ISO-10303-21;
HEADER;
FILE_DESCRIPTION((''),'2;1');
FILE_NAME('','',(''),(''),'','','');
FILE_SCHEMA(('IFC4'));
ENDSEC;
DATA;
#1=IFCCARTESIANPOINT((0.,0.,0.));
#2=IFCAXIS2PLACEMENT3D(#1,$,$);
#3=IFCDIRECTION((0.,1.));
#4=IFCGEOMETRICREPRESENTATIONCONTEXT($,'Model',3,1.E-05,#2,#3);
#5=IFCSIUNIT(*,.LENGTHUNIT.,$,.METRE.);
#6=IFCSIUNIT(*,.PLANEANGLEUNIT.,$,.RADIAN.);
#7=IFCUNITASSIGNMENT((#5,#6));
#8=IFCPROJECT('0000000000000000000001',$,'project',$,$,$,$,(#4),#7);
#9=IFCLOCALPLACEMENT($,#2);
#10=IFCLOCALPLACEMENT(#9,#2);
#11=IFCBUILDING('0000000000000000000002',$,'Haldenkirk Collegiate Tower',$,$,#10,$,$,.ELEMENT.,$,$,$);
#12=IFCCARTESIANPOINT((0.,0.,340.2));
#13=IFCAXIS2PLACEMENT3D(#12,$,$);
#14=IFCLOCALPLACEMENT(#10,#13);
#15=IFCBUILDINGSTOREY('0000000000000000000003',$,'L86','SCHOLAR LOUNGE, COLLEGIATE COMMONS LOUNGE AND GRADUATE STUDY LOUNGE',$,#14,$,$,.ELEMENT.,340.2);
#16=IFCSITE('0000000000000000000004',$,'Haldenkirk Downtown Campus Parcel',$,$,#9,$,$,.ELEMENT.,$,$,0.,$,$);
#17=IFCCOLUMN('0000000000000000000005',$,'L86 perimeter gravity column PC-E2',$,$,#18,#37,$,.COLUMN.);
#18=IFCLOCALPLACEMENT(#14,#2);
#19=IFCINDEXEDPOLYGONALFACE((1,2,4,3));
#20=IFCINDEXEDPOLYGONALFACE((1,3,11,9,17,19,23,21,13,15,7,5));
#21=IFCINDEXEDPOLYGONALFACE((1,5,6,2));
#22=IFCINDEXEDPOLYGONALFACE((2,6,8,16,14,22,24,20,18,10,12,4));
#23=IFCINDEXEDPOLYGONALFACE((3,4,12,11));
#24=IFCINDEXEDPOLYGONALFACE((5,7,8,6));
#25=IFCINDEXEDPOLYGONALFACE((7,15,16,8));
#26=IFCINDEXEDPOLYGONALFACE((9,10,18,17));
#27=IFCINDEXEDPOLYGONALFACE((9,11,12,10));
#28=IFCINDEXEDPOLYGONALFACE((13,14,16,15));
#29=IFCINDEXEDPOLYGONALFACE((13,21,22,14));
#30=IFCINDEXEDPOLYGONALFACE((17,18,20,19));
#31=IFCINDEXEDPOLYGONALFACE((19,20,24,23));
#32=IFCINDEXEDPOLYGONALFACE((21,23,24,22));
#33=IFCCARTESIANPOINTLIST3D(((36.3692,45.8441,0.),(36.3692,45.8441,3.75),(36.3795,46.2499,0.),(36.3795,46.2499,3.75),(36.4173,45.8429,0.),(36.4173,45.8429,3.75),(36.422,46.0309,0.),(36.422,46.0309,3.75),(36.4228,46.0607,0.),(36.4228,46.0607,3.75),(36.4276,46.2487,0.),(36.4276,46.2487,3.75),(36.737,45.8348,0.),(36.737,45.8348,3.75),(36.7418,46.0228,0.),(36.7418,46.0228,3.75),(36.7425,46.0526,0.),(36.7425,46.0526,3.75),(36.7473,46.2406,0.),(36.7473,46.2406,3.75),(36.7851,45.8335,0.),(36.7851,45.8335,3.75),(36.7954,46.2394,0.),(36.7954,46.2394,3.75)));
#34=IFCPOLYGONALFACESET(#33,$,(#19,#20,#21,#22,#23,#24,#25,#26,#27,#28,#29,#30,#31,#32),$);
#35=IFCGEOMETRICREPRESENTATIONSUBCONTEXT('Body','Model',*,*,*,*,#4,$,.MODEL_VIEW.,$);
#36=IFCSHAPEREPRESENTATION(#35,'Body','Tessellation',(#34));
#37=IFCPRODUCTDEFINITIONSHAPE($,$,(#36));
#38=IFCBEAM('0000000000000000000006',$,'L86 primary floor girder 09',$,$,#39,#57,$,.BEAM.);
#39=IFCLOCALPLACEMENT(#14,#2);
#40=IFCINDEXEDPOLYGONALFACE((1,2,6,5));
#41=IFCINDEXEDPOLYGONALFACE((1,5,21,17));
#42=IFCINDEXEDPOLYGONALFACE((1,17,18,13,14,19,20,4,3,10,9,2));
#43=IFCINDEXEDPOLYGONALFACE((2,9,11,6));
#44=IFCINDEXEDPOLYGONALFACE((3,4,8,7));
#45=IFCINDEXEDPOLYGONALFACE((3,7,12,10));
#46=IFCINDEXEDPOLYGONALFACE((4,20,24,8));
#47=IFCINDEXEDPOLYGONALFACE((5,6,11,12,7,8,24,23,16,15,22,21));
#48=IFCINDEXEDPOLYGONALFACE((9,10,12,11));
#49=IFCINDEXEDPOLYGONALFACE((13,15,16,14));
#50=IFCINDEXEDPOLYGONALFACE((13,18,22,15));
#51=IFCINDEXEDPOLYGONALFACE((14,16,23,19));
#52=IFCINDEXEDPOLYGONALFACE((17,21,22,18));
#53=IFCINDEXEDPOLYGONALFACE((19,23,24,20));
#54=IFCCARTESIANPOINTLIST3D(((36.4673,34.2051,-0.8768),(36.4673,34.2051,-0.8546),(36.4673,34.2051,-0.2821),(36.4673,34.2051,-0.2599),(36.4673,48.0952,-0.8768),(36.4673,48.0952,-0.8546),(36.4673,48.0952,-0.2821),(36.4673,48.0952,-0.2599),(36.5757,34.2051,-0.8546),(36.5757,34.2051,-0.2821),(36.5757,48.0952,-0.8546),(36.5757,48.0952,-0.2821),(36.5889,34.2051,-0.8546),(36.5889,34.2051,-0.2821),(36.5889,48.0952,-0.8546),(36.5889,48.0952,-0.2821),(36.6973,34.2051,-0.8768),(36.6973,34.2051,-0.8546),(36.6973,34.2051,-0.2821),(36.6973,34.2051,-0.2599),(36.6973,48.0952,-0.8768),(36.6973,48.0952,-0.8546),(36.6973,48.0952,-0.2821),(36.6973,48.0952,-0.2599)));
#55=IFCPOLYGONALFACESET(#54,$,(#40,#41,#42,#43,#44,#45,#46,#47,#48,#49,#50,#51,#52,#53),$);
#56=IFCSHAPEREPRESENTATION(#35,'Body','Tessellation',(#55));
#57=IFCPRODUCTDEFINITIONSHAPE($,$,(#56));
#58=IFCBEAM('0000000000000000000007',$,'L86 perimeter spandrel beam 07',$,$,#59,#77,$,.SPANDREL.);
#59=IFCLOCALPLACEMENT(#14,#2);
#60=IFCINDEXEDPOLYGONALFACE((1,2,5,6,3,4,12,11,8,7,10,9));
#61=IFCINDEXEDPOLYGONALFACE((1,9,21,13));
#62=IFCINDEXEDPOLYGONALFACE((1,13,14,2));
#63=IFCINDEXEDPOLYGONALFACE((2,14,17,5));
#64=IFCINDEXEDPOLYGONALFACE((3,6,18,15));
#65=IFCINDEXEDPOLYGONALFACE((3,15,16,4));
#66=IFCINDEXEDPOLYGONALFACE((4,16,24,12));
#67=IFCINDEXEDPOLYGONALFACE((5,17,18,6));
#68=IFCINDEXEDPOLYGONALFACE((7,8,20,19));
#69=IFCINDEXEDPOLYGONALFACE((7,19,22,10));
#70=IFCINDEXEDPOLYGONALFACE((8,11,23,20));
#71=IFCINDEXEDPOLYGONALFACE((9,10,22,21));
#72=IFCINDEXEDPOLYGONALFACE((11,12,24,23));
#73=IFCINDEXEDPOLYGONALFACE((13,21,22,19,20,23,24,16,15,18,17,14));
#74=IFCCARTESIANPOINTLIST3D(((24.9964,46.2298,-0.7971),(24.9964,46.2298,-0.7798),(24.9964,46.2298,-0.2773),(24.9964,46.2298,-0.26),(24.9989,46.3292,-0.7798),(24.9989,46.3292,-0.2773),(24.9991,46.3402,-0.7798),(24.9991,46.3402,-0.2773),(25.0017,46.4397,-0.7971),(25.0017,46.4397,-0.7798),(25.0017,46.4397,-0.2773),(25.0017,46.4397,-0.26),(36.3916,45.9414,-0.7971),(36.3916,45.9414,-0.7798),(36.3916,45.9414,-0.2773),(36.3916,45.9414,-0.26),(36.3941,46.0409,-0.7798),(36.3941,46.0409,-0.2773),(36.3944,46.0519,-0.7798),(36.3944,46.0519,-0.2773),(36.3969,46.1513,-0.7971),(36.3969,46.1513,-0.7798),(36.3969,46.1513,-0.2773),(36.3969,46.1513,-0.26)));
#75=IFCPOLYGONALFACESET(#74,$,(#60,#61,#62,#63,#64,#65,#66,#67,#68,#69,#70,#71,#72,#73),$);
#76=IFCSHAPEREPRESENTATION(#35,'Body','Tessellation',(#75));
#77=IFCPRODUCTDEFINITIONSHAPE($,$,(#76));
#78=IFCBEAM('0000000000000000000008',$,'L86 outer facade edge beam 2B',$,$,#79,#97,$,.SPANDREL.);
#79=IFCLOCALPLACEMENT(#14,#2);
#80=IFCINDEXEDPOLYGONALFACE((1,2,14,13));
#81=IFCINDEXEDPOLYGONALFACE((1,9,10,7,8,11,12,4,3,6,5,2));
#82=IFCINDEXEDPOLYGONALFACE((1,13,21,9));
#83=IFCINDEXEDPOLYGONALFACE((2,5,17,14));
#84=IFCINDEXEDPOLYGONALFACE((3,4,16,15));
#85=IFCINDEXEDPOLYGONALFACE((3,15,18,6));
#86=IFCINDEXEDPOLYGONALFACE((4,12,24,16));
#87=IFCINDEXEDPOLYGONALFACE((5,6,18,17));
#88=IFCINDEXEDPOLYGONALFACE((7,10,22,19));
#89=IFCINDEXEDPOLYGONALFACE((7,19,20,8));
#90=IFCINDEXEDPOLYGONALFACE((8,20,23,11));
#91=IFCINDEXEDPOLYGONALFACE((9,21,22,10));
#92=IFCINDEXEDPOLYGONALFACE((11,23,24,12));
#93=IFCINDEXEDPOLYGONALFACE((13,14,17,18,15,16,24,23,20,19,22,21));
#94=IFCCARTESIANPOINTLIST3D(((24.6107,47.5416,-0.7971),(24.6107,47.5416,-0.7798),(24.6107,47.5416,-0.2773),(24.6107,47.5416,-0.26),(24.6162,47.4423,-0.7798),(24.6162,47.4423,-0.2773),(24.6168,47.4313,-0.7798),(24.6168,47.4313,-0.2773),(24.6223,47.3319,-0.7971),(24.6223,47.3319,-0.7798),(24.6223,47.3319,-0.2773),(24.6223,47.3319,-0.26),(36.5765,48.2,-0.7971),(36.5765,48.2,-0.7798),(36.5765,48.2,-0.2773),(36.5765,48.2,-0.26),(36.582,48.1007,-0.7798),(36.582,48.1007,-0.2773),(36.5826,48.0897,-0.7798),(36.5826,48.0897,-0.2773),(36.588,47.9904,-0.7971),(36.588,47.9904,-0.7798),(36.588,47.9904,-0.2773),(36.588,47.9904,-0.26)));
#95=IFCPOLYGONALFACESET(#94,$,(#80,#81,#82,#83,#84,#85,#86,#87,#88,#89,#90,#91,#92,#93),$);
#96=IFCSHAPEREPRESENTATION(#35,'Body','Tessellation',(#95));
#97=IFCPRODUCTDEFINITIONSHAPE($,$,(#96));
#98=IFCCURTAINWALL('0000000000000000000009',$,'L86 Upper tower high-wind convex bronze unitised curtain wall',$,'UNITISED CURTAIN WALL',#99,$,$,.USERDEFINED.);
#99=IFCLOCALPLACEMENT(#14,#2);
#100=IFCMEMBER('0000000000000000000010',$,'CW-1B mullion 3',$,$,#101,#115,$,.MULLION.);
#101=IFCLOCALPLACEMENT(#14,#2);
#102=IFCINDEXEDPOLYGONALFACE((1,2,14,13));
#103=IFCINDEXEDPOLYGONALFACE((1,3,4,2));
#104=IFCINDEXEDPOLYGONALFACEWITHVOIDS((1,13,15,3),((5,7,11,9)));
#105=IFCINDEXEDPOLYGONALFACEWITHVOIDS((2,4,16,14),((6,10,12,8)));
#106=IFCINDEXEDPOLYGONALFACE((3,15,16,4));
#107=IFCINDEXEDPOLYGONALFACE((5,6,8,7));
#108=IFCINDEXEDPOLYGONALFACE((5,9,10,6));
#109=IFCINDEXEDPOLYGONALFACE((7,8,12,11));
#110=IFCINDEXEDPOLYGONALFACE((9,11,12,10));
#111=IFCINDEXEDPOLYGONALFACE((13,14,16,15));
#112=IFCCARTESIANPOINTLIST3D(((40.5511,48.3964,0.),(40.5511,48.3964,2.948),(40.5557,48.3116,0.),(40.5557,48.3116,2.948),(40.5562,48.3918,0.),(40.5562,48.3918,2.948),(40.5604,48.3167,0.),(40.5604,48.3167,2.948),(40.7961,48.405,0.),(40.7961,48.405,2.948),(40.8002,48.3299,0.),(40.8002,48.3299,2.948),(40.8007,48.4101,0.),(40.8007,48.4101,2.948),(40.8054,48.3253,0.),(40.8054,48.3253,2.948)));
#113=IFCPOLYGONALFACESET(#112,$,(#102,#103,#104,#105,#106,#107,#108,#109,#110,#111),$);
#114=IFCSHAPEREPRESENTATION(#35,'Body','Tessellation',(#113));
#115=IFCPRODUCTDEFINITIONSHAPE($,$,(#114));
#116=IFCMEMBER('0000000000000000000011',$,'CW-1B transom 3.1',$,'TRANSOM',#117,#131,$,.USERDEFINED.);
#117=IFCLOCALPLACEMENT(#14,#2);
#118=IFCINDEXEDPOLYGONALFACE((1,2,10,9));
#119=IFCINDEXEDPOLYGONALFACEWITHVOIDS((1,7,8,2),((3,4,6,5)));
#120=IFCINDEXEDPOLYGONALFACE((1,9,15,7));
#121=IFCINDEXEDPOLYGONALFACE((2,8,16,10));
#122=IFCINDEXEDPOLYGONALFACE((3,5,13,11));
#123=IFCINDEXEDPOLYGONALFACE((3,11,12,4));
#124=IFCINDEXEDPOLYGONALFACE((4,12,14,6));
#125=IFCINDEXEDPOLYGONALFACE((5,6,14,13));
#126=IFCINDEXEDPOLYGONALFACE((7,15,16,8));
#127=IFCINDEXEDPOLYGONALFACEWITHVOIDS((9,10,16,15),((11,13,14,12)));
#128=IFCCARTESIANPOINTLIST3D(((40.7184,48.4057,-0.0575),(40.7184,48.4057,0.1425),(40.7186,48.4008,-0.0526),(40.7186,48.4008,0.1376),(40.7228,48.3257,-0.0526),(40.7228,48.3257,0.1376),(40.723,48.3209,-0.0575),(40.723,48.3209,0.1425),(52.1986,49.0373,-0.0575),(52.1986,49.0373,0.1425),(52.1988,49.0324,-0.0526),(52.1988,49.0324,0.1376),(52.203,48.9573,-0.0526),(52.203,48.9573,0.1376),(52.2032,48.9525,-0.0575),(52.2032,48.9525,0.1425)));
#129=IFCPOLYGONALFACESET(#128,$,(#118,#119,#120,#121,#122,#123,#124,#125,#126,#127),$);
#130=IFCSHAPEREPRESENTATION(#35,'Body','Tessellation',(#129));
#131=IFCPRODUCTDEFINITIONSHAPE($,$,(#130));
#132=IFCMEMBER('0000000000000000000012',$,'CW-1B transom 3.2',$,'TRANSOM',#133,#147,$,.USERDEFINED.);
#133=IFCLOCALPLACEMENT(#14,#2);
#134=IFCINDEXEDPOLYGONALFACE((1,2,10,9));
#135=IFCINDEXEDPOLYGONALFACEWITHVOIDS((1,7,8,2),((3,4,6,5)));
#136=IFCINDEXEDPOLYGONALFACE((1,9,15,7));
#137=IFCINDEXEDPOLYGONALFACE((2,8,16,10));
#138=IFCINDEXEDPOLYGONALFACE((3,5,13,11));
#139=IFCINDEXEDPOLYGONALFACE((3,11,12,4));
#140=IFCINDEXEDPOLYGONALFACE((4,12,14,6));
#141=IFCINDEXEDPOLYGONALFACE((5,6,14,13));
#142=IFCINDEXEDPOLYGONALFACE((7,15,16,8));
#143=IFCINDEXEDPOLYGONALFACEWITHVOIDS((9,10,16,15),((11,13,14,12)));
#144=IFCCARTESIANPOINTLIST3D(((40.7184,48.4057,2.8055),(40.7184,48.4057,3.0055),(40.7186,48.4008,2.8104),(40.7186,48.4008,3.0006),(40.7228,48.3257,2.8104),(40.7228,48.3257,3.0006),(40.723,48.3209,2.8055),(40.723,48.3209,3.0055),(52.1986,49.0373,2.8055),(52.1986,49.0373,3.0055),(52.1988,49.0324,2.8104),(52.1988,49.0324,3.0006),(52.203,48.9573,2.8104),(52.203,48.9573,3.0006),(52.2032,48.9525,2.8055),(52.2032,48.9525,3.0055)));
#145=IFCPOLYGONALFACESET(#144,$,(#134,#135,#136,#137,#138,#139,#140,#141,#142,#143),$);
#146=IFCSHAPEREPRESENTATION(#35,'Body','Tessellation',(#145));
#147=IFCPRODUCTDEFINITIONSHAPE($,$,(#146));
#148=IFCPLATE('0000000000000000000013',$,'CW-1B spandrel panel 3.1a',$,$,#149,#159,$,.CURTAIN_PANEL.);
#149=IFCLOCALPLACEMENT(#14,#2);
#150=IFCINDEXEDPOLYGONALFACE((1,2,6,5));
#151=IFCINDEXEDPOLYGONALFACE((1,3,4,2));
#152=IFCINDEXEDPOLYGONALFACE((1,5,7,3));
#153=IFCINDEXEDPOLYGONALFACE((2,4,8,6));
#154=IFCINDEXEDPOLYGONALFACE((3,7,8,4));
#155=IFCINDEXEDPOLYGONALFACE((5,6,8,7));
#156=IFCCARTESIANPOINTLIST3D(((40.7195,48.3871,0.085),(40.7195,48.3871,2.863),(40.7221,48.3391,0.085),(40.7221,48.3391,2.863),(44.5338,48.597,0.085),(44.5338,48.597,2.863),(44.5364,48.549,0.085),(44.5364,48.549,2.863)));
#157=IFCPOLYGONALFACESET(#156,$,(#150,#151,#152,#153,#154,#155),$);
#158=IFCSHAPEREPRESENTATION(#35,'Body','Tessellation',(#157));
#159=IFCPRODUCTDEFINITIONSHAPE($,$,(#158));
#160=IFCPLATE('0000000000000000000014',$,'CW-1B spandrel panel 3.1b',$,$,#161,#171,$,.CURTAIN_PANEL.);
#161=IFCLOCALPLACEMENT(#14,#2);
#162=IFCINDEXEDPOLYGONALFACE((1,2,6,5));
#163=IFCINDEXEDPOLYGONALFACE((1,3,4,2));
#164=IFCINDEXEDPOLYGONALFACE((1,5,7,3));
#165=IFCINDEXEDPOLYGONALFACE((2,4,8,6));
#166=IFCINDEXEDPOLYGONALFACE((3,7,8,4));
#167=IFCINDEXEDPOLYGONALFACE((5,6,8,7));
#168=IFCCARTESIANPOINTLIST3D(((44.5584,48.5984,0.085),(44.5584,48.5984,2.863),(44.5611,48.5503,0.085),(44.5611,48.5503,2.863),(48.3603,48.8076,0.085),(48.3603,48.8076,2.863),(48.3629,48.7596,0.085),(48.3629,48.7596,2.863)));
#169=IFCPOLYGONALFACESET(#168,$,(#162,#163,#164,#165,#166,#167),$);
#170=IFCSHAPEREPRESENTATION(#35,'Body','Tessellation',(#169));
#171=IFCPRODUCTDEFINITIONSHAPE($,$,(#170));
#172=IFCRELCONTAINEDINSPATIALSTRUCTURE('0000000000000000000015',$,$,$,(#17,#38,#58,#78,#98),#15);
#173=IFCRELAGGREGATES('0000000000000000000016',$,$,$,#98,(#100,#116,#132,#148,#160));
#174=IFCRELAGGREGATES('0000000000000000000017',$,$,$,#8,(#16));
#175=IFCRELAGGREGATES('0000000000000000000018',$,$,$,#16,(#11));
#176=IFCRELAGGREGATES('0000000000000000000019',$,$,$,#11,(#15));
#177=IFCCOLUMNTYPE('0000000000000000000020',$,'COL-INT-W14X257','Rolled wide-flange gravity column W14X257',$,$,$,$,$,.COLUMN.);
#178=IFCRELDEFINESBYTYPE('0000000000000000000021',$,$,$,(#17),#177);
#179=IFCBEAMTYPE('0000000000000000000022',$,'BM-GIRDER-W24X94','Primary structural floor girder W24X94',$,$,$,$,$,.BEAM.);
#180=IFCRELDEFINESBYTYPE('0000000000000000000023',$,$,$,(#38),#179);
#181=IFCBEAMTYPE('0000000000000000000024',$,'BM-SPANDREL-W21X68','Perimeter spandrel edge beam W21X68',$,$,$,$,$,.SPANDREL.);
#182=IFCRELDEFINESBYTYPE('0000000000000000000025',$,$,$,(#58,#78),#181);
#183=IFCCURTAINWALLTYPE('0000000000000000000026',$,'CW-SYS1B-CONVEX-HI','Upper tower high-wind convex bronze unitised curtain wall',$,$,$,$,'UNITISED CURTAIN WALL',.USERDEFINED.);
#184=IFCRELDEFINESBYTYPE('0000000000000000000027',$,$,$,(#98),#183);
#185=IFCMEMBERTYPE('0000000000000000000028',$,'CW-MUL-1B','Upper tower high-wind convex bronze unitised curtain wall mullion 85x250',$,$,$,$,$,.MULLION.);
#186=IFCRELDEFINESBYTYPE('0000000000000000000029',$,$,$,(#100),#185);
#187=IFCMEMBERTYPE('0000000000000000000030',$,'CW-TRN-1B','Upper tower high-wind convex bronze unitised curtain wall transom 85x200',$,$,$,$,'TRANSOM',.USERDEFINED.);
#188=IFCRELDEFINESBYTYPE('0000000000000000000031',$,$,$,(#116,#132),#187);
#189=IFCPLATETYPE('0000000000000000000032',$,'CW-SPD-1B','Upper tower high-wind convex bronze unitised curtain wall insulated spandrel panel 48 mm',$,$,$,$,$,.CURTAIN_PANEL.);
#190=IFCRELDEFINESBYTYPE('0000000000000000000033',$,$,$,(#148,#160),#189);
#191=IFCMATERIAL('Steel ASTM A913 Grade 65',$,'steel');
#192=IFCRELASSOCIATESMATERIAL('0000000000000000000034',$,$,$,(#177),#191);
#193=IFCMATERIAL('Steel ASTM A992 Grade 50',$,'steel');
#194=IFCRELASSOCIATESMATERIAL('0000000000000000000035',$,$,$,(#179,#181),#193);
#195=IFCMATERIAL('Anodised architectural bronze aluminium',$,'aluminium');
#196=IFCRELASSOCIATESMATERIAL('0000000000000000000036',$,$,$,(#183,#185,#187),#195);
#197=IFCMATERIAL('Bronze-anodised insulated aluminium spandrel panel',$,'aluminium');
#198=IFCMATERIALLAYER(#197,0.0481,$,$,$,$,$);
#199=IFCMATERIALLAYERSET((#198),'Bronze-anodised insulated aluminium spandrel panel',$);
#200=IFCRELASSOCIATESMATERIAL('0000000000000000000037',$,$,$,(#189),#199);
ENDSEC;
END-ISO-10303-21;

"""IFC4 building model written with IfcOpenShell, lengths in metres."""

from ifc_helpers import new_model, si_unit, direction, frame, origin, origin_2d, place, context, subcontext, project, spatial, rectangle, hollow_rectangle, i_section, extrude, source, transform, mapped, material, layer, layer_set, material_profile, profile_set, type_object, element, aggregate, save


model = new_model("IFC4")

# Units and contexts
model_context = context("Model", 3, precision=1e-05, world=origin(), true_north=direction((0.0, 1.0)))
body_context = subcontext(model_context, "Body", "Model", "MODEL_VIEW")
ifc_project = project(units=[si_unit("LENGTHUNIT", "METRE"), si_unit("PLANEANGLEUNIT", "RADIAN")], contexts=[model_context])

# Site, building, storey
site_placement = place(None, origin())
site = spatial("IfcSite", under=ifc_project, at=site_placement, Name="Haldenkirk Downtown Campus Parcel", CompositionType="ELEMENT", RefElevation=0.0)
building_placement = place(site_placement, origin())
building = spatial("IfcBuilding", under=site, at=building_placement, Name="Haldenkirk Collegiate Tower", CompositionType="ELEMENT")
storey_placement = place(building_placement, frame((0.0, 0.0, 340.2)))
storey = spatial("IfcBuildingStorey", under=building, at=storey_placement, Name="L86", Description="SCHOLAR LOUNGE, COLLEGIATE COMMONS LOUNGE AND GRADUATE STUDY LOUNGE", CompositionType="ELEMENT", Elevation=340.2)

# Column
ifc_material_1 = material(Name="Steel ASTM A913 Grade 65", Category="steel")
ifc_material_profile_1 = material_profile(ifc_material_1, i_section(OverallWidth=0.406, OverallDepth=0.416, WebThickness=0.0298, FlangeThickness=0.0481, at=origin_2d()), Name="W14X257")
ifc_profile_set_1 = profile_set([ifc_material_profile_1], Name="Steel ASTM A913 Grade 65")
column_type = type_object("IfcColumnType", Name="COL-INT-W14X257", Description="Rolled wide-flange gravity column W14X257", PredefinedType="COLUMN", material=ifc_profile_set_1)
column_placement = place(storey_placement, frame((36.5823, 46.0417, 0.0), z_axis=(0.0, 0.0, 1.0), x_axis=(0.025305, 0.99968, 0.0)))
element("IfcColumn", 1, at=column_placement, inside=storey, type_object=column_type, Name="L86 perimeter gravity column PC-E2", PredefinedType="COLUMN", context=body_context, shape_type="SweptSolid", body=[
    extrude(i_section(OverallWidth=0.406, OverallDepth=0.416, WebThickness=0.0298, FlangeThickness=0.0481, at=origin_2d()), origin(), (0.0, 0.0, 1.0), 3.75),
])

# Beams
ifc_material_2 = material(Name="Steel ASTM A992 Grade 50", Category="steel")
ifc_material_profile_2 = material_profile(ifc_material_2, i_section(OverallWidth=0.23, OverallDepth=0.6169, WebThickness=0.0132, FlangeThickness=0.0222, at=origin_2d()), Name="W24X94")
ifc_profile_set_2 = profile_set([ifc_material_profile_2], Name="Steel ASTM A992 Grade 50")
beam_type_1 = type_object("IfcBeamType", Name="BM-GIRDER-W24X94", Description="Primary structural floor girder W24X94", PredefinedType="BEAM", material=ifc_profile_set_2)
beam_1_placement = place(storey_placement, frame((36.5823, 48.0952, -0.5684), z_axis=(0.0, -1.0, 0.0), x_axis=(1.0, 0.0, 0.0)))
element("IfcBeam", 2, at=beam_1_placement, inside=storey, type_object=beam_type_1, Name="L86 primary floor girder 09", PredefinedType="BEAM", context=body_context, shape_type="SweptSolid", body=[
    extrude(i_section(OverallWidth=0.23, OverallDepth=0.6169, WebThickness=0.0132, FlangeThickness=0.0222, at=origin_2d()), origin(), (0.0, 0.0, 1.0), 13.8901),
])
ifc_material_profile_3 = material_profile(ifc_material_2, i_section(OverallWidth=0.21, OverallDepth=0.5371, WebThickness=0.011, FlangeThickness=0.0173, at=origin_2d()), Name="W21X68")
ifc_profile_set_3 = profile_set([ifc_material_profile_3], Name="Steel ASTM A992 Grade 50")
beam_type_2 = type_object("IfcBeamType", Name="BM-SPANDREL-W21X68", Description="Perimeter spandrel edge beam W21X68", PredefinedType="SPANDREL", material=ifc_profile_set_3)
beam_2_placement = place(storey_placement, frame((36.3943, 46.0464, -0.5286), z_axis=(-0.99968, 0.025295, 0.0), x_axis=(-0.025295, -0.99968, 0.0)))
element("IfcBeam", 3, at=beam_2_placement, inside=storey, type_object=beam_type_2, Name="L86 perimeter spandrel beam 07", PredefinedType="SPANDREL", context=body_context, shape_type="SweptSolid", body=[
    extrude(i_section(OverallWidth=0.21, OverallDepth=0.5371, WebThickness=0.011, FlangeThickness=0.0173, at=origin_2d()), origin(), (0.0, 0.0, 1.0), 11.3989),
])
beam_3_placement = place(storey_placement, frame((36.5823, 48.0952, -0.5286), z_axis=(-0.998489, -0.054944, 0.0), x_axis=(0.054944, -0.998489, 0.0)))
element("IfcBeam", 4, at=beam_3_placement, inside=storey, type_object=beam_type_2, Name="L86 outer facade edge beam 2B", PredefinedType="SPANDREL", context=body_context, shape_type="SweptSolid", body=[
    extrude(i_section(OverallWidth=0.21, OverallDepth=0.5371, WebThickness=0.011, FlangeThickness=0.0173, at=origin_2d()), origin(), (0.0, 0.0, 1.0), 11.9839),
])

# Curtain wall, members, plates
ifc_material_3 = material(Name="Anodised architectural bronze aluminium", Category="aluminium")
curtain_wall_type = type_object("IfcCurtainWallType", Name="CW-SYS1B-CONVEX-HI", Description="Upper tower high-wind convex bronze unitised curtain wall", ElementType="UNITISED CURTAIN WALL", PredefinedType="USERDEFINED", material=ifc_material_3)
curtain_wall_placement = place(storey_placement, origin())
curtain_wall = element("IfcCurtainWall", 5, at=curtain_wall_placement, inside=storey, type_object=curtain_wall_type, Name="L86 Upper tower high-wind convex bronze unitised curtain wall", ObjectType="UNITISED CURTAIN WALL", PredefinedType="USERDEFINED")
ifc_material_profile_4 = material_profile(ifc_material_3, hollow_rectangle(XDim=0.085, YDim=0.25, WallThickness=0.0049, at=origin_2d()), Name="CW-MUL-1B")
ifc_profile_set_4 = profile_set([ifc_material_profile_4], Name="Anodised architectural bronze aluminium")
member_type_1 = type_object("IfcMemberType", Name="CW-MUL-1B", Description="Upper tower high-wind convex bronze unitised curtain wall mullion 85x250", PredefinedType="MULLION", material=ifc_profile_set_4)
member_1_placement = place(storey_placement, frame((40.6782, 48.3608, 0.0), z_axis=(0.0, 0.0, 1.0), x_axis=(-0.054948, 0.998489, 0.0)))
member_1 = element("IfcMember", 6, at=member_1_placement, type_object=member_type_1, Name="CW-1B mullion 3", PredefinedType="MULLION", context=body_context, shape_type="SweptSolid", body=[
    extrude(hollow_rectangle(XDim=0.085, YDim=0.25, WallThickness=0.0049, at=origin_2d()), origin(), (0.0, 0.0, 1.0), 2.948),
])
ifc_material_profile_5 = material_profile(ifc_material_3, hollow_rectangle(XDim=0.085, YDim=0.2, WallThickness=0.0049, at=origin_2d()), Name="CW-TRN-1B")
ifc_profile_set_5 = profile_set([ifc_material_profile_5], Name="Anodised architectural bronze aluminium")
member_type_2 = type_object("IfcMemberType", Name="CW-TRN-1B", Description="Upper tower high-wind convex bronze unitised curtain wall transom 85x200", ElementType="TRANSOM", PredefinedType="USERDEFINED", material=ifc_profile_set_5)
member_2_placement = place(storey_placement, frame((40.7207, 48.3633, 0.0425), z_axis=(0.99849, 0.054933, 0.0), x_axis=(-0.054933, 0.99849, 0.0)))
member_2 = element("IfcMember", 7, at=member_2_placement, type_object=member_type_2, Name="CW-1B transom 3.1", ObjectType="TRANSOM", PredefinedType="USERDEFINED", context=body_context, shape_type="SweptSolid", body=[
    extrude(hollow_rectangle(XDim=0.085, YDim=0.2, WallThickness=0.0049, at=origin_2d()), origin(), (0.0, 0.0, 1.0), 11.4976),
])
member_3_placement = place(storey_placement, frame((40.7207, 48.3633, 2.9055), z_axis=(0.99849, 0.054933, 0.0), x_axis=(-0.054933, 0.99849, 0.0)))
member_3 = element("IfcMember", 8, at=member_3_placement, type_object=member_type_2, Name="CW-1B transom 3.2", ObjectType="TRANSOM", PredefinedType="USERDEFINED", context=body_context, shape_type="SweptSolid", body=[
    extrude(hollow_rectangle(XDim=0.085, YDim=0.2, WallThickness=0.0049, at=origin_2d()), origin(), (0.0, 0.0, 1.0), 11.4976),
])
ifc_material_4 = material(Name="Bronze-anodised insulated aluminium spandrel panel", Category="aluminium")
ifc_layer_1 = layer(ifc_material_4, 0.0481)
ifc_layer_set_1 = layer_set([ifc_layer_1], Name="Bronze-anodised insulated aluminium spandrel panel")
plate_type_1 = type_object("IfcPlateType", Name="CW-SPD-1B", Description="Upper tower high-wind convex bronze unitised curtain wall insulated spandrel panel 48 mm", PredefinedType="CURTAIN_PANEL", material=ifc_layer_set_1)
shared_shape_1 = source(origin(), body_context, "Body", "SweptSolid", [
    extrude(rectangle(XDim=3.8201, YDim=0.0481, at=origin_2d()), origin(), (0.0, 0.0, 1.0), 2.7781),
])
plate_1_placement = place(storey_placement, frame((42.6279, 48.468, 0.085), z_axis=(0.0, 0.0, 1.0), x_axis=(0.998489, 0.054948, 0.0)))
plate_1 = element("IfcPlate", 9, at=plate_1_placement, type_object=plate_type_1, Name="CW-1B spandrel panel 3.1a", PredefinedType="CURTAIN_PANEL", context=body_context, shape_type="MappedRepresentation", body=[
    mapped(shared_shape_1, transform((0.0, 0.0, 0.0), x_axis=(1.0, 0.0, 0.0), y_axis=(0.0, 1.0, 0.0), z_axis=(0.0, 0.0, 1.0), scale=1.0)),
])
shared_shape_2 = source(origin(), body_context, "Body", "SweptSolid", [
    extrude(rectangle(XDim=3.8076, YDim=0.0481, at=origin_2d()), origin(), (0.0, 0.0, 1.0), 2.7781),
])
plate_2_placement = place(storey_placement, frame((46.4607, 48.679, 0.085), z_axis=(0.0, 0.0, 1.0), x_axis=(0.998489, 0.054948, 0.0)))
plate_2 = element("IfcPlate", 10, at=plate_2_placement, type_object=plate_type_1, Name="CW-1B spandrel panel 3.1b", PredefinedType="CURTAIN_PANEL", context=body_context, shape_type="MappedRepresentation", body=[
    mapped(shared_shape_2, transform((0.0, 0.0, 0.0), x_axis=(1.0, 0.0, 0.0), y_axis=(0.0, 1.0, 0.0), z_axis=(0.0, 0.0, 1.0), scale=1.0)),
])
aggregate(curtain_wall, [member_1, member_2, member_3, plate_1, plate_2])

save(model, "model.ifc")
